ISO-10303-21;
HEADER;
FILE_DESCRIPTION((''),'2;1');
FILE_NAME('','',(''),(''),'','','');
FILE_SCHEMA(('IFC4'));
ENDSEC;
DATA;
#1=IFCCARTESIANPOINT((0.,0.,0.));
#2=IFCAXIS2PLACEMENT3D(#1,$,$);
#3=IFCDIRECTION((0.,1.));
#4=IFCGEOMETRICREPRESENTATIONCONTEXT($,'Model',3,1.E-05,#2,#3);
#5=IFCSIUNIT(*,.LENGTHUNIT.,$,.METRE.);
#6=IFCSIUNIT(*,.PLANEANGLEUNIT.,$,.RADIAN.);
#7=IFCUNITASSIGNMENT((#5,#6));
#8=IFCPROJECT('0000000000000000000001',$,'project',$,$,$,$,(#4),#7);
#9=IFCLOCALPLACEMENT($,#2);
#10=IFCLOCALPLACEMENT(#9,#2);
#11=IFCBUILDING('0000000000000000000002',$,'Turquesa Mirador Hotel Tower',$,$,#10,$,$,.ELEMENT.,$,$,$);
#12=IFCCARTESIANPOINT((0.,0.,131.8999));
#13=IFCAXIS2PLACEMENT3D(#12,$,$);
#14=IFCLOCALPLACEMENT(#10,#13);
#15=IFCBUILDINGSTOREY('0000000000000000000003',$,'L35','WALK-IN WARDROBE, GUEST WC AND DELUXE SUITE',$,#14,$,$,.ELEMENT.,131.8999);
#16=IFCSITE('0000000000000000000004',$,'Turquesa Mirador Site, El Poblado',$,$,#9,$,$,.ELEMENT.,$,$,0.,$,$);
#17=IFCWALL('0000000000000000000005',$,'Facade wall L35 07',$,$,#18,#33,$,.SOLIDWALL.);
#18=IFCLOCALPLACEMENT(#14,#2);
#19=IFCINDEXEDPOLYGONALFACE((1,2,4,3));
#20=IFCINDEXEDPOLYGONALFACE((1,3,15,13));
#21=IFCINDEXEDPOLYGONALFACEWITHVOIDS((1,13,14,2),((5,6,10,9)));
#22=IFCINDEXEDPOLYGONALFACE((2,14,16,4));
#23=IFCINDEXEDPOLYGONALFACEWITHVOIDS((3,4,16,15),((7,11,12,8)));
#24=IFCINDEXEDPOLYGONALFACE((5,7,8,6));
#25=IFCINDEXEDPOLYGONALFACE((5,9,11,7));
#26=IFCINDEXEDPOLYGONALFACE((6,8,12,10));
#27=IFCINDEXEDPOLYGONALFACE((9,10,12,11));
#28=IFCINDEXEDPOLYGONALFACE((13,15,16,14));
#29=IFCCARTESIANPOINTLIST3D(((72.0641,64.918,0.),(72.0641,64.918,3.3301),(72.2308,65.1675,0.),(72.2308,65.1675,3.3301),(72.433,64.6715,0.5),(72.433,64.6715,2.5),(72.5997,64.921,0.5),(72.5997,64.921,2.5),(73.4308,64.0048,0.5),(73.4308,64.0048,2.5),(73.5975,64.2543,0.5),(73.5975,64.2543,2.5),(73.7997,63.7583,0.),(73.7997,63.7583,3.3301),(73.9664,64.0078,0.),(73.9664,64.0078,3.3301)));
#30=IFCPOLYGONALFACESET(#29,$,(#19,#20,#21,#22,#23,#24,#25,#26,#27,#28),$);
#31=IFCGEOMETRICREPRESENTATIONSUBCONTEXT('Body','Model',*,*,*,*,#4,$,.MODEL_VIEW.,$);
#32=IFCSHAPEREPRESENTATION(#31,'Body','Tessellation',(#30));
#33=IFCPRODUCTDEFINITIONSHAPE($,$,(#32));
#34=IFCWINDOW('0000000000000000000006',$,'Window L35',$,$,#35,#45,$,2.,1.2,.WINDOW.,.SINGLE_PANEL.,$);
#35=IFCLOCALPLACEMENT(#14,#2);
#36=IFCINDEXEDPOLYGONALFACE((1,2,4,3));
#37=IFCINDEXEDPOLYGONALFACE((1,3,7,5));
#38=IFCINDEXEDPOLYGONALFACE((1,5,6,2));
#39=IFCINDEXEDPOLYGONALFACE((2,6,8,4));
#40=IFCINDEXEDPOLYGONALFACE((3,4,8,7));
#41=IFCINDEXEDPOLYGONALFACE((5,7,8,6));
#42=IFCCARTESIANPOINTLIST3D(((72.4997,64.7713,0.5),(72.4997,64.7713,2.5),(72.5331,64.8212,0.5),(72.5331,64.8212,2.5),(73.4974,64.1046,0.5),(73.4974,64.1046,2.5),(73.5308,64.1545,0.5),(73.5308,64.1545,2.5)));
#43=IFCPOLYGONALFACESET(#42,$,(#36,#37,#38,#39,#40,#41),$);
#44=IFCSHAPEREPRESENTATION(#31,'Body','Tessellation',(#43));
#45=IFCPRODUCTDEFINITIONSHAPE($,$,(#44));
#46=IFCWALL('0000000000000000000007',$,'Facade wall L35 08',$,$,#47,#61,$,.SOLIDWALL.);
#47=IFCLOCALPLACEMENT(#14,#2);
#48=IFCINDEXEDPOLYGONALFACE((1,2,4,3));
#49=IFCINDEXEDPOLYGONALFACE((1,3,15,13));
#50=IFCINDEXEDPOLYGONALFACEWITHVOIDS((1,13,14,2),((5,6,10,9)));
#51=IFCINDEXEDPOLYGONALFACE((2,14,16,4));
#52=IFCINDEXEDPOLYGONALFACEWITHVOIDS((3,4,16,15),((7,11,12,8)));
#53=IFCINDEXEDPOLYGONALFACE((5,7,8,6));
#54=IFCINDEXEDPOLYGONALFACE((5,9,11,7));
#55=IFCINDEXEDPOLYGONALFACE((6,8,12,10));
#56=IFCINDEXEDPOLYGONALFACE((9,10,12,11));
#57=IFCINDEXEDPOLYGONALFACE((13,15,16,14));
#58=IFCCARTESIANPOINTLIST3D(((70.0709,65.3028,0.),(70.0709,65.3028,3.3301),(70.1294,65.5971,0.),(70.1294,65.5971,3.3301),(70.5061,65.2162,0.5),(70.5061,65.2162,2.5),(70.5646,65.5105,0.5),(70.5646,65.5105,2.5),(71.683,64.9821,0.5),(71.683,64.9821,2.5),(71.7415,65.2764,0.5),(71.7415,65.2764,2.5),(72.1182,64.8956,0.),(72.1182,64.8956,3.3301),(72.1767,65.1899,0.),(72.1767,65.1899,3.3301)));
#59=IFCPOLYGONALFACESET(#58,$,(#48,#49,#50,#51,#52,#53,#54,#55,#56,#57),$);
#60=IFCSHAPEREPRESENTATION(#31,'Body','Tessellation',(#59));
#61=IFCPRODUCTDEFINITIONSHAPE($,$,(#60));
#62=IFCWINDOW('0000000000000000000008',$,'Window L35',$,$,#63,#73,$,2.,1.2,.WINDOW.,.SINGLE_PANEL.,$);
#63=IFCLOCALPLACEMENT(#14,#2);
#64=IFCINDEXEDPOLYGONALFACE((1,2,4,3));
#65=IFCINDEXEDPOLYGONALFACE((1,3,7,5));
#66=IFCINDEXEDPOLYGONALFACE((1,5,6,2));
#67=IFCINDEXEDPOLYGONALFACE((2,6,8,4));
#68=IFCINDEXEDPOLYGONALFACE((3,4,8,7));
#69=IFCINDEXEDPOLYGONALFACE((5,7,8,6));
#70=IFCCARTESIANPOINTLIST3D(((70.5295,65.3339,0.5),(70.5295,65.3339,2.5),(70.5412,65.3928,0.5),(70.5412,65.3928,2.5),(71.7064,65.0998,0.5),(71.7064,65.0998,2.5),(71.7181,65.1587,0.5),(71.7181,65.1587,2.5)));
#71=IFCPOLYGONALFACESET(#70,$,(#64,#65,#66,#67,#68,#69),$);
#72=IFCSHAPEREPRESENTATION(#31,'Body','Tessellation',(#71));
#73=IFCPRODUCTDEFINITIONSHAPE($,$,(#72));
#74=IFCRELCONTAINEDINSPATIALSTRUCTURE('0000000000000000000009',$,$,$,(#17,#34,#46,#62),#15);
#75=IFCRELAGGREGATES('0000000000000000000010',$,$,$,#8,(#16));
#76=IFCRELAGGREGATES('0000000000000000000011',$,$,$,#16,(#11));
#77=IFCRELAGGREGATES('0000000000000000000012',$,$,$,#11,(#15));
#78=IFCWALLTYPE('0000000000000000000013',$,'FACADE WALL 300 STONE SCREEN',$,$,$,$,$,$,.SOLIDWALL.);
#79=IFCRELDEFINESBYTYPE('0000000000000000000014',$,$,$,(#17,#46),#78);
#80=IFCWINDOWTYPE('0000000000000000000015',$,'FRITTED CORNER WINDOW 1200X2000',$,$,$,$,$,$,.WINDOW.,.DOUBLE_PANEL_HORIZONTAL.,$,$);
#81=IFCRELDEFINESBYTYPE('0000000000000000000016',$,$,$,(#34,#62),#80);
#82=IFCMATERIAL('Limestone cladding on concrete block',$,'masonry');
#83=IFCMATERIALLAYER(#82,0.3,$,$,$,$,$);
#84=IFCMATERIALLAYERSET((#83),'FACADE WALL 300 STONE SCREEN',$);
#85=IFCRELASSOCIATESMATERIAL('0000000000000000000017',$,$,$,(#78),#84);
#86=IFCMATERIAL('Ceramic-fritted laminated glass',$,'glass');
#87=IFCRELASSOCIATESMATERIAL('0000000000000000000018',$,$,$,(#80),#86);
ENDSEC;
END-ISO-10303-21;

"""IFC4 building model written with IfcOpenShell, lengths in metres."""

from ifc_helpers import new_model, si_unit, direction, frame, frame_2d, origin, place, context, subcontext, project, spatial, rectangle, extrude, material, layer, layer_set, type_object, element, fill, save


model = new_model("IFC4")

# Units and contexts
model_context = context("Model", 3, precision=1e-05, world=origin(), true_north=direction((0.0, 1.0)))
body_context = subcontext(model_context, "Body", "Model", "MODEL_VIEW")
ifc_project = project(units=[si_unit("LENGTHUNIT", "METRE"), si_unit("PLANEANGLEUNIT", "RADIAN")], contexts=[model_context])

# Site, building, storey
site_placement = place(None, origin())
site = spatial("IfcSite", under=ifc_project, at=site_placement, Name="Turquesa Mirador Site, El Poblado", CompositionType="ELEMENT", RefElevation=0.0)
building_placement = place(site_placement, origin())
building = spatial("IfcBuilding", under=site, at=building_placement, Name="Turquesa Mirador Hotel Tower", CompositionType="ELEMENT")
storey_placement = place(building_placement, frame((0.0, 0.0, 131.8999)))
storey = spatial("IfcBuildingStorey", under=building, at=storey_placement, Name="L35", Description="WALK-IN WARDROBE, GUEST WC AND DELUXE SUITE", CompositionType="ELEMENT", Elevation=131.8999)

# Walls, openings, windows
ifc_material_1 = material(Name="Limestone cladding on concrete block", Category="masonry")
ifc_layer = layer(ifc_material_1, 0.3)
ifc_layer_set = layer_set([ifc_layer], Name="FACADE WALL 300 STONE SCREEN")
wall_type = type_object("IfcWallType", Name="FACADE WALL 300 STONE SCREEN", PredefinedType="SOLIDWALL", material=ifc_layer_set)
ifc_material_2 = material(Name="Ceramic-fritted laminated glass", Category="glass")
window_type = type_object("IfcWindowType", Name="FRITTED CORNER WINDOW 1200X2000", PartitioningType="DOUBLE_PANEL_HORIZONTAL", PredefinedType="WINDOW", material=ifc_material_2)
wall_1_placement = place(storey_placement, frame((73.8831, 63.8831, 0.0), z_axis=(0.0, 0.0, 1.0), x_axis=(-0.831474, 0.555564, 0.0)))
wall_1 = element("IfcWall", 1, at=wall_1_placement, inside=storey, type_object=wall_type, Name="Facade wall L35 07", PredefinedType="SOLIDWALL", context=body_context, shape_type="SweptSolid", body=[
    extrude(rectangle(XDim=2.0874, YDim=0.3, at=frame_2d((1.0437, 0.0))), origin(), (0.0, 0.0, 1.0), 3.3301),
])
opening_1_placement = place(wall_1_placement, frame((0.4436, 0.0, 0.5)))
opening_1 = element("IfcOpeningElement", 2, at=opening_1_placement, cuts=wall_1, PredefinedType="OPENING", context=body_context, shape_type="SweptSolid", body=[
    extrude(rectangle(XDim=1.2, YDim=2.0, at=frame_2d((0.6001, 1.0))), frame((0.0, 0.1599, 0.0), z_axis=(0.0, -1.0, 0.0), x_axis=(1.0, 0.0, 0.0)), (0.0, 0.0, 1.0), 0.3201),
])
window_1_placement = place(opening_1_placement, origin())
window_1 = element("IfcWindow", 3, at=window_1_placement, inside=storey, type_object=window_type, Name="Window L35", OverallHeight=2.0, OverallWidth=1.2, PartitioningType="SINGLE_PANEL", PredefinedType="WINDOW", context=body_context, shape_type="SweptSolid", body=[
    extrude(rectangle(XDim=1.2, YDim=2.0, at=frame_2d((0.6001, 1.0))), frame((0.0, 0.03, 0.0), z_axis=(0.0, -1.0, 0.0), x_axis=(1.0, 0.0, 0.0)), (0.0, 0.0, 1.0), 0.0601),
])
fill(opening_1, window_1)
wall_2_placement = place(storey_placement, frame((72.1475, 65.0427, 0.0), z_axis=(0.0, 0.0, 1.0), x_axis=(-0.980787, 0.195081, 0.0)))
wall_2 = element("IfcWall", 4, at=wall_2_placement, inside=storey, type_object=wall_type, Name="Facade wall L35 08", PredefinedType="SOLIDWALL", context=body_context, shape_type="SweptSolid", body=[
    extrude(rectangle(XDim=2.0874, YDim=0.3, at=frame_2d((1.0437, 0.0))), origin(), (0.0, 0.0, 1.0), 3.3301),
])
opening_2_placement = place(wall_2_placement, frame((0.4436, 0.0, 0.5)))
opening_2 = element("IfcOpeningElement", 5, at=opening_2_placement, cuts=wall_2, PredefinedType="OPENING", context=body_context, shape_type="SweptSolid", body=[
    extrude(rectangle(XDim=1.2, YDim=2.0, at=frame_2d((0.6001, 1.0))), frame((0.0, 0.1599, 0.0), z_axis=(0.0, -1.0, 0.0), x_axis=(1.0, 0.0, 0.0)), (0.0, 0.0, 1.0), 0.3201),
])
window_2_placement = place(opening_2_placement, origin())
window_2 = element("IfcWindow", 6, at=window_2_placement, inside=storey, type_object=window_type, Name="Window L35", OverallHeight=2.0, OverallWidth=1.2, PartitioningType="SINGLE_PANEL", PredefinedType="WINDOW", context=body_context, shape_type="SweptSolid", body=[
    extrude(rectangle(XDim=1.2, YDim=2.0, at=frame_2d((0.6001, 1.0))), frame((0.0, 0.03, 0.0), z_axis=(0.0, -1.0, 0.0), x_axis=(1.0, 0.0, 0.0)), (0.0, 0.0, 1.0), 0.0601),
])
fill(opening_2, window_2)

save(model, "model.ifc")
